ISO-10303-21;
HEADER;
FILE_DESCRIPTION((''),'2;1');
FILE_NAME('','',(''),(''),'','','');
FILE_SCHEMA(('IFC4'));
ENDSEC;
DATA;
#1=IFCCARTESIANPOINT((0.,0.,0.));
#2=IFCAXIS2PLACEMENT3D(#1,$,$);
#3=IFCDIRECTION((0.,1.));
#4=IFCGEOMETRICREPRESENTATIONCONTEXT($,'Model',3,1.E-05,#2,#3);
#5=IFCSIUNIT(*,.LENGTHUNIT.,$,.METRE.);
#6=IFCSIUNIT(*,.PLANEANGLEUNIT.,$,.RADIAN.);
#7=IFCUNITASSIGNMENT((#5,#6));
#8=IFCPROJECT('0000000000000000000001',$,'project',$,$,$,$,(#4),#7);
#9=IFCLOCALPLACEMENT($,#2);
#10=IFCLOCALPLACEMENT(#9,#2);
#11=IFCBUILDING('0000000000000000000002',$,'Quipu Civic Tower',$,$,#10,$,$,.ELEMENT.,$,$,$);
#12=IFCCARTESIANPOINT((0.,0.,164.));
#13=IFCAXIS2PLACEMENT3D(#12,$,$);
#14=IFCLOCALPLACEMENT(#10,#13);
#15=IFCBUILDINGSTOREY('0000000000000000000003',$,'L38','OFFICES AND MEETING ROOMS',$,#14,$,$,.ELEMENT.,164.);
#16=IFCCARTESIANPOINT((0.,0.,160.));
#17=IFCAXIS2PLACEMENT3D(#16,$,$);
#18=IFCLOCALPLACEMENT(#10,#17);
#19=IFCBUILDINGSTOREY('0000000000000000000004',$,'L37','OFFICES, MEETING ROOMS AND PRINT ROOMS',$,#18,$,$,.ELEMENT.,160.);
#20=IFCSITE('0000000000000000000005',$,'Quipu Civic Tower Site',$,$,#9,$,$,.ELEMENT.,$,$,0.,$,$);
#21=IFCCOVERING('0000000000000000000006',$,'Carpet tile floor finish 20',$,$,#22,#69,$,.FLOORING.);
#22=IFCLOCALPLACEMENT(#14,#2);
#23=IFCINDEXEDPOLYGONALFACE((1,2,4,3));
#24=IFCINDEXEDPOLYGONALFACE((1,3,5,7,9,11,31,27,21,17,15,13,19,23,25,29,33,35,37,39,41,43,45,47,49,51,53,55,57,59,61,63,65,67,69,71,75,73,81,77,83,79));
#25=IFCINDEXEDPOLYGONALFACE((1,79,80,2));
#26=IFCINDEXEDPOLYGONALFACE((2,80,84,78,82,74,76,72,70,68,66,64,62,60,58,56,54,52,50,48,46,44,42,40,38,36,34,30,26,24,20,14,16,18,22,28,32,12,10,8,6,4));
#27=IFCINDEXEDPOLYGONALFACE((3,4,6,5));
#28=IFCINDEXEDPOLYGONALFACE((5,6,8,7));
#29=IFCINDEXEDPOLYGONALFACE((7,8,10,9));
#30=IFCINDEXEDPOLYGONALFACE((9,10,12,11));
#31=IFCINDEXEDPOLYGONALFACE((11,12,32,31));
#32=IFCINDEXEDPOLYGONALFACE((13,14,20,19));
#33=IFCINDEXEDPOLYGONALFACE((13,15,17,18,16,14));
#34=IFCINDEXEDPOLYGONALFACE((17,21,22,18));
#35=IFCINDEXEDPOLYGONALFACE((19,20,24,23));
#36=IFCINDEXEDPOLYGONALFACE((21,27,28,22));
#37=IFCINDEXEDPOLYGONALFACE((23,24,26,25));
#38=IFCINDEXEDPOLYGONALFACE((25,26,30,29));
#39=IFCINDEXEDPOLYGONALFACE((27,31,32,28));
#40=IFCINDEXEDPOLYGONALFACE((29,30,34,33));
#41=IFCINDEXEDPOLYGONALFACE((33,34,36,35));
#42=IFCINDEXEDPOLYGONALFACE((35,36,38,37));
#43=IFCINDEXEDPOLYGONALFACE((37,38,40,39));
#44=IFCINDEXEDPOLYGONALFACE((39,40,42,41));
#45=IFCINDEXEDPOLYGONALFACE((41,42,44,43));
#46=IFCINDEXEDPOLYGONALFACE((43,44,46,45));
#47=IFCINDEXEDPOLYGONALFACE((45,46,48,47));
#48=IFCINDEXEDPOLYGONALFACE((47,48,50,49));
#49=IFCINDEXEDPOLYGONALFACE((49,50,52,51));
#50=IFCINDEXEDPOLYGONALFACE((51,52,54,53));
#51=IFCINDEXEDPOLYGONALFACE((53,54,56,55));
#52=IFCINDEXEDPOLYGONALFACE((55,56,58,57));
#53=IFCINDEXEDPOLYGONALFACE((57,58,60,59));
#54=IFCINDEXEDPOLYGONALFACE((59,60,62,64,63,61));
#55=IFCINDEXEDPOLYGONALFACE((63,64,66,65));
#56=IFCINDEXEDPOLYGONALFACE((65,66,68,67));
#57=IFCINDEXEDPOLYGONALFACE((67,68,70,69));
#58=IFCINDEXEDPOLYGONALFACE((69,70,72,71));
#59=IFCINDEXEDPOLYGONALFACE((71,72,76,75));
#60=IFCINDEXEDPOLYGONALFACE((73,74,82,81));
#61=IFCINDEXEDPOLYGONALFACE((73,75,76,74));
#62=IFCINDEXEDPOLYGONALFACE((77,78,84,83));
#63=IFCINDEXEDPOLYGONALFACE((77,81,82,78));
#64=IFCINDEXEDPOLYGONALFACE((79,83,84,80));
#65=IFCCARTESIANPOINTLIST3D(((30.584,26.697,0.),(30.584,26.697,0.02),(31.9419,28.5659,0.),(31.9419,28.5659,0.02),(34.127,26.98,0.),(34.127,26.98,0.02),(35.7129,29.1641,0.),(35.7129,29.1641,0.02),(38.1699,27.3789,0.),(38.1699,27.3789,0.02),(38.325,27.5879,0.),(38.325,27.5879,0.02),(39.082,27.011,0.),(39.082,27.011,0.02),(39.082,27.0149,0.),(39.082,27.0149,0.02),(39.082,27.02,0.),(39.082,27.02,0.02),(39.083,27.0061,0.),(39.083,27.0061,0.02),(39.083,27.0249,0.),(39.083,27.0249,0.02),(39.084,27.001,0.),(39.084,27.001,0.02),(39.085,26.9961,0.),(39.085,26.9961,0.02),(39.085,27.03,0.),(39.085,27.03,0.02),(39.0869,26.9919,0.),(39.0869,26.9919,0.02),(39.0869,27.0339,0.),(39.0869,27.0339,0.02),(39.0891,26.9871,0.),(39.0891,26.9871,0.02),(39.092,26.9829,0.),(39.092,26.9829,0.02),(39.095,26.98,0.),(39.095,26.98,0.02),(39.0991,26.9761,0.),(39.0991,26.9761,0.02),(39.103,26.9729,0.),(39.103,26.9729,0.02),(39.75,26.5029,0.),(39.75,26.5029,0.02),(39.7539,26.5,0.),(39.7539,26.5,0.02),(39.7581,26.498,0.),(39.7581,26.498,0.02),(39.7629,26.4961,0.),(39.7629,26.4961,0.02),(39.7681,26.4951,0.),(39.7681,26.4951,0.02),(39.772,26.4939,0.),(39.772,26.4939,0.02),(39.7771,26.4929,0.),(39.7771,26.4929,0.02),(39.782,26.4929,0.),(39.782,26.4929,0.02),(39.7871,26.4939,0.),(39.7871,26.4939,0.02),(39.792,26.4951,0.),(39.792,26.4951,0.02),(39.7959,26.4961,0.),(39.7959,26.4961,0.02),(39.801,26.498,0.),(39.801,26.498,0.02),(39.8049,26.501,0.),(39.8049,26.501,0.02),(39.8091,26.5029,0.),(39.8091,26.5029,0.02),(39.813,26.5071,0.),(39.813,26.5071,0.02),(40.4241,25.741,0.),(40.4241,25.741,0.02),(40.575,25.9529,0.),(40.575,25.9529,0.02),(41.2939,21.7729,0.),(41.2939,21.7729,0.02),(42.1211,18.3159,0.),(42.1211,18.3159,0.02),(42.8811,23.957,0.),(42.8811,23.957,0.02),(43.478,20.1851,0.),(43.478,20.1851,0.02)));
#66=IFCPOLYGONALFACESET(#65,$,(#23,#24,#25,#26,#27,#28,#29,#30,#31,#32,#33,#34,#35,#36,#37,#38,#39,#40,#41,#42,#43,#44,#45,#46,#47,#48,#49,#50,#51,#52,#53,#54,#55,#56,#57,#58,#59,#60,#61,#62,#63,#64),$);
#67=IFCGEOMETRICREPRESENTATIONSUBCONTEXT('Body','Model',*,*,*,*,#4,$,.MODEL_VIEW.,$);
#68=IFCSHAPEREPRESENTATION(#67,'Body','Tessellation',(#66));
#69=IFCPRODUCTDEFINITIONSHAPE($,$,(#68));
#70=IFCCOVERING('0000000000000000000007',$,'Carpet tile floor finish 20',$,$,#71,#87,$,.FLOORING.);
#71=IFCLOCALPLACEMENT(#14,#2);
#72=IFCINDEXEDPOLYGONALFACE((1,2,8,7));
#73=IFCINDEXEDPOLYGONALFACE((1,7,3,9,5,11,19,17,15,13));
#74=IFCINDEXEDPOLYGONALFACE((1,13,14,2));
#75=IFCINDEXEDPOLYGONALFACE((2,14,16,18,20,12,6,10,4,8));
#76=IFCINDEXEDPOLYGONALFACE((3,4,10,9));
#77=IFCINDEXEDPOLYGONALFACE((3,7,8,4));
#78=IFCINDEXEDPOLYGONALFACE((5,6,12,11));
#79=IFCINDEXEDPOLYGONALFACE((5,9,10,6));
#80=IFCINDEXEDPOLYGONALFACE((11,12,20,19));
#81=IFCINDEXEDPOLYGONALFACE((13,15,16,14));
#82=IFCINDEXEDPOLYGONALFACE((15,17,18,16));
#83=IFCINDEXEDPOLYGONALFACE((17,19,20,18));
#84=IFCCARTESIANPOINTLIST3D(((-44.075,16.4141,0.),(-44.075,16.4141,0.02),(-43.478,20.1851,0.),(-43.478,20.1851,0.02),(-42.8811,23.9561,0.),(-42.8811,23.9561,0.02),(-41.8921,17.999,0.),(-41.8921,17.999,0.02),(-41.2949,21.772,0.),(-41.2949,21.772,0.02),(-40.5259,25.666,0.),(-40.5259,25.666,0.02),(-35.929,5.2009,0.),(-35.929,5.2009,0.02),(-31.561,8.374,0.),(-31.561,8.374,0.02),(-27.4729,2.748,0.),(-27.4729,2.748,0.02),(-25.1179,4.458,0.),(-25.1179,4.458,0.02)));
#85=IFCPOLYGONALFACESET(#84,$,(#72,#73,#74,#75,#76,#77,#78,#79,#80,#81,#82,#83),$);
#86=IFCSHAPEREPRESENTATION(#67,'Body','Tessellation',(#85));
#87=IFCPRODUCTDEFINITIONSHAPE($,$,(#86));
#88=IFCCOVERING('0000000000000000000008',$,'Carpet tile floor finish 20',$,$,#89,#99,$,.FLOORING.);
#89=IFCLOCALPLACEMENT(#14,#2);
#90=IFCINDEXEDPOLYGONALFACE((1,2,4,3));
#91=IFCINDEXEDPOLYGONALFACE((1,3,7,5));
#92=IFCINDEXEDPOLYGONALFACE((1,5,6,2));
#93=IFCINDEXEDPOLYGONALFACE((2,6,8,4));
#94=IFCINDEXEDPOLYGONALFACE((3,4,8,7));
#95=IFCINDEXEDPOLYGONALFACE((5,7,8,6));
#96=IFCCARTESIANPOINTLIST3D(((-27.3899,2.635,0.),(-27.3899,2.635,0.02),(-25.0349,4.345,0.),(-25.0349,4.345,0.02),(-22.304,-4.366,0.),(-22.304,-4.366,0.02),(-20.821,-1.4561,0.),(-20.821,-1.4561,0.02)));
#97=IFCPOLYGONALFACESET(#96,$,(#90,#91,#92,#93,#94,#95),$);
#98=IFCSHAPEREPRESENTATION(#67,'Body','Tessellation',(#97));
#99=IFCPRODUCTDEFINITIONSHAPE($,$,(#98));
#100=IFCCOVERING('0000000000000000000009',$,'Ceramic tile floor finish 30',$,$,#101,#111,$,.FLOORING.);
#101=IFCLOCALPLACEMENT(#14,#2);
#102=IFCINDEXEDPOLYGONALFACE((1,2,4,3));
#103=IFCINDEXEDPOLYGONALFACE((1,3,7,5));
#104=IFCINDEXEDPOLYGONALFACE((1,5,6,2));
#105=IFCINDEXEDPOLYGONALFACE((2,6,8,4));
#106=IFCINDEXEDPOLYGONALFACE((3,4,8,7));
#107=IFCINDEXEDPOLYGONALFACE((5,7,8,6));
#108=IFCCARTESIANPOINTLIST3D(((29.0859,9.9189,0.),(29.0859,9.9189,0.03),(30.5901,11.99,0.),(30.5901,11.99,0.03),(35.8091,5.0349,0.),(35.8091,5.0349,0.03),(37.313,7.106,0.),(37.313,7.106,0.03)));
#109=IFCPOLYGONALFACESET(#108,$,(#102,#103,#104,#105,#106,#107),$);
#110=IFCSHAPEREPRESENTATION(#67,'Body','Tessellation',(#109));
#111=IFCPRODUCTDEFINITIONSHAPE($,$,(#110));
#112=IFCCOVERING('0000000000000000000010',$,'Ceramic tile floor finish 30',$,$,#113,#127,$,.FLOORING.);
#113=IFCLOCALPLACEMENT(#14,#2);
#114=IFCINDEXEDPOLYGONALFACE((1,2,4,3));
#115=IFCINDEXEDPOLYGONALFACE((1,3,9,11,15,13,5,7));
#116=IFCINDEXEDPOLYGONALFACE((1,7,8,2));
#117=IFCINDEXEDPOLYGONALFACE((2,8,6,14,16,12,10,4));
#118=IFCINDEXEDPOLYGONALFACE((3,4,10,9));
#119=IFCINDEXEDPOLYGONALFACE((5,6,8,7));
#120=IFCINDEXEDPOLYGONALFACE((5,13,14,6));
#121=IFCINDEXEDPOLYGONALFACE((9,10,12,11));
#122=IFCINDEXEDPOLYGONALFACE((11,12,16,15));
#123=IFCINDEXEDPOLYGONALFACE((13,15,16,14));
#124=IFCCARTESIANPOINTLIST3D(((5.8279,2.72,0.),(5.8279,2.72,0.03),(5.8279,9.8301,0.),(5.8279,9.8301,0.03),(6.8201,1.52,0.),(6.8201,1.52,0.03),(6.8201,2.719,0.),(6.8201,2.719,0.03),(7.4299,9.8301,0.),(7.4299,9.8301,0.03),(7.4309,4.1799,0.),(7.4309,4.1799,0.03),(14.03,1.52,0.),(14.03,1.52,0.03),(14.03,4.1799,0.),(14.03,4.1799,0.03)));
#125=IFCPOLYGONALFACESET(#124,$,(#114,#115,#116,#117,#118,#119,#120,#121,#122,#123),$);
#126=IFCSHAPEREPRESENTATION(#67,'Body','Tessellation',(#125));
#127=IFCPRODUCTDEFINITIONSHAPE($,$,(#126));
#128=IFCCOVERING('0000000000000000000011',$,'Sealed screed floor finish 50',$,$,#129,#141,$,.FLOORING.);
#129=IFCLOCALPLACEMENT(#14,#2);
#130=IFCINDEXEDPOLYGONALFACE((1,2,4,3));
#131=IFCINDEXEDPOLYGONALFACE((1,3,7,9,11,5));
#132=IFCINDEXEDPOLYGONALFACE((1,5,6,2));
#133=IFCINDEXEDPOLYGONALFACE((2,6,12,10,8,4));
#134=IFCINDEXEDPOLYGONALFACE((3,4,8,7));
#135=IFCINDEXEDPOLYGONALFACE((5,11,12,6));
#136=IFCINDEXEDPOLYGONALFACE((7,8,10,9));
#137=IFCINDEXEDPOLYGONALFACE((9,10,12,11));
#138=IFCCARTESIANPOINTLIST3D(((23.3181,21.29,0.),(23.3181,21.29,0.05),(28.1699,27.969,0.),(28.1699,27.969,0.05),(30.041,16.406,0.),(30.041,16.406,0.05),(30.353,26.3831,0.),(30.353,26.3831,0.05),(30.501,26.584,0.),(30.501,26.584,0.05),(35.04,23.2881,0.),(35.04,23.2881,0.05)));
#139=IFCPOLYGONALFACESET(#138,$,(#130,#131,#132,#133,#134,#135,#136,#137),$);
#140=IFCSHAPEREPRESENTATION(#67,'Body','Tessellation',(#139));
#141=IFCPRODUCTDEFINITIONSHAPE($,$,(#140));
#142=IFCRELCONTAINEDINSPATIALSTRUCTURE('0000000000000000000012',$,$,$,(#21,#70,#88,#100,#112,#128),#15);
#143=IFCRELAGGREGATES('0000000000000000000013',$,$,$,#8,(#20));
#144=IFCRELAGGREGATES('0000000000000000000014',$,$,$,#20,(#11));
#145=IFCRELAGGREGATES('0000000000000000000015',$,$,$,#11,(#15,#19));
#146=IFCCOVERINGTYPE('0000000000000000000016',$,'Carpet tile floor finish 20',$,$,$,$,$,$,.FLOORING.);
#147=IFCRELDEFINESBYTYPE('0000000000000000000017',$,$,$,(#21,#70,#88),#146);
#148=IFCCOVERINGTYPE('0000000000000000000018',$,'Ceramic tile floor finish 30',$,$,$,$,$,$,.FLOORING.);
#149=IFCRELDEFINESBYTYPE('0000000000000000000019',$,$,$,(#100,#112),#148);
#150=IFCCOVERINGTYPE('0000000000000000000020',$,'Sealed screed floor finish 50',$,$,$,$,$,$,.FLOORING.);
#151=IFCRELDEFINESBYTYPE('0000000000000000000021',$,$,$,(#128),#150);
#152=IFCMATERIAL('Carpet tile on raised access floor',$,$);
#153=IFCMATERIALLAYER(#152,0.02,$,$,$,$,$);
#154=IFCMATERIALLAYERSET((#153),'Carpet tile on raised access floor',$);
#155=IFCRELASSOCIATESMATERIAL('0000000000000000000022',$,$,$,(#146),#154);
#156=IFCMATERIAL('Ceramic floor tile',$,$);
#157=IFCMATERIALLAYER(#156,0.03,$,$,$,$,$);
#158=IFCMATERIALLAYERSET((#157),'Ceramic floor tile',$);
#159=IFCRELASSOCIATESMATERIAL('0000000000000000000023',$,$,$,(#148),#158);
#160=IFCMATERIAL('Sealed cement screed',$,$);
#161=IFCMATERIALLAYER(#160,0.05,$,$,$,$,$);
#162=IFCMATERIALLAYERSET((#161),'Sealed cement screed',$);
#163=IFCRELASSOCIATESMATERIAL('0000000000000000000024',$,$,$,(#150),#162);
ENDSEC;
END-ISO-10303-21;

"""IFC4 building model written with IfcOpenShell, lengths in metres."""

from ifc_helpers import new_model, si_unit, direction, frame, origin, place, context, subcontext, project, spatial, polyline, outline, extrude, material, layer, layer_set, type_object, element, save


model = new_model("IFC4")

# Units and contexts
model_context = context("Model", 3, precision=1e-05, world=origin(), true_north=direction((0.0, 1.0)))
body_context = subcontext(model_context, "Body", "Model", "MODEL_VIEW")
ifc_project = project(units=[si_unit("LENGTHUNIT", "METRE"), si_unit("PLANEANGLEUNIT", "RADIAN")], contexts=[model_context])

# Site, building, storey
site_placement = place(None, origin())
site = spatial("IfcSite", under=ifc_project, at=site_placement, Name="Quipu Civic Tower Site", CompositionType="ELEMENT", RefElevation=0.0)
building_placement = place(site_placement, origin())
building = spatial("IfcBuilding", under=site, at=building_placement, Name="Quipu Civic Tower", CompositionType="ELEMENT")
storey_1_placement = place(building_placement, frame((0.0, 0.0, 164.0)))
storey_1 = spatial("IfcBuildingStorey", under=building, at=storey_1_placement, Name="L38", Description="OFFICES AND MEETING ROOMS", CompositionType="ELEMENT", Elevation=164.0)

# Shared definitions
storey_2_placement = place(building_placement, frame((0.0, 0.0, 160.0)))
storey_2 = spatial("IfcBuildingStorey", under=building, at=storey_2_placement, Name="L37", Description="OFFICES, MEETING ROOMS AND PRINT ROOMS", CompositionType="ELEMENT", Elevation=160.0)

# Coverings
ifc_material_1 = material(Name="Carpet tile on raised access floor")
ifc_layer_1 = layer(ifc_material_1, 0.02)
ifc_layer_set_1 = layer_set([ifc_layer_1], Name="Carpet tile on raised access floor")
covering_type_1 = type_object("IfcCoveringType", Name="Carpet tile floor finish 20", PredefinedType="FLOORING", material=ifc_layer_set_1)
covering_1_placement = place(storey_1_placement, origin())
element("IfcCovering", 1, at=covering_1_placement, inside=storey_1, type_object=covering_type_1, Name="Carpet tile floor finish 20", PredefinedType="FLOORING", context=body_context, shape_type="SweptSolid", body=[
    extrude(outline(polyline([(30.584, 26.697), (31.9419, 28.5659), (34.127, 26.98), (35.7129, 29.1641), (38.1699, 27.3789), (38.325, 27.5879), (39.0869, 27.0339), (39.085, 27.03), (39.083, 27.0249), (39.082, 27.02), (39.082, 27.0149), (39.082, 27.011), (39.083, 27.0061), (39.084, 27.001), (39.085, 26.9961), (39.0869, 26.9919), (39.0891, 26.9871), (39.092, 26.9829), (39.095, 26.98), (39.0991, 26.9761), (39.103, 26.9729), (39.75, 26.5029), (39.7539, 26.5), (39.7581, 26.498), (39.7629, 26.4961), (39.7681, 26.4951), (39.772, 26.4939), (39.7771, 26.4929), (39.782, 26.4929), (39.7871, 26.4939), (39.792, 26.4951), (39.7959, 26.4961), (39.801, 26.498), (39.8049, 26.501), (39.8091, 26.5029), (39.813, 26.5071), (40.575, 25.9529), (40.4241, 25.741), (42.8811, 23.957), (41.2939, 21.7729), (43.478, 20.1851), (42.1211, 18.3159), (30.584, 26.697)])), origin(), (0.0, 0.0, 1.0), 0.02),
])
covering_2_placement = place(storey_1_placement, origin())
element("IfcCovering", 2, at=covering_2_placement, inside=storey_1, type_object=covering_type_1, Name="Carpet tile floor finish 20", PredefinedType="FLOORING", context=body_context, shape_type="SweptSolid", body=[
    extrude(outline(polyline([(-44.075, 16.4141), (-41.8921, 17.999), (-43.478, 20.1851), (-41.2949, 21.772), (-42.8811, 23.9561), (-40.5259, 25.666), (-25.1179, 4.458), (-27.4729, 2.748), (-31.561, 8.374), (-35.929, 5.2009), (-44.075, 16.4141)])), origin(), (0.0, 0.0, 1.0), 0.02),
])
covering_3_placement = place(storey_1_placement, origin())
element("IfcCovering", 3, at=covering_3_placement, inside=storey_1, type_object=covering_type_1, Name="Carpet tile floor finish 20", PredefinedType="FLOORING", context=body_context, shape_type="SweptSolid", body=[
    extrude(outline(polyline([(-27.3899, 2.635), (-25.0349, 4.345), (-20.821, -1.4561), (-22.304, -4.366), (-27.3899, 2.635)])), origin(), (0.0, 0.0, 1.0), 0.02),
])
ifc_material_2 = material(Name="Ceramic floor tile")
ifc_layer_2 = layer(ifc_material_2, 0.03)
ifc_layer_set_2 = layer_set([ifc_layer_2], Name="Ceramic floor tile")
covering_type_2 = type_object("IfcCoveringType", Name="Ceramic tile floor finish 30", PredefinedType="FLOORING", material=ifc_layer_set_2)
covering_4_placement = place(storey_1_placement, origin())
element("IfcCovering", 4, at=covering_4_placement, inside=storey_1, type_object=covering_type_2, Name="Ceramic tile floor finish 30", PredefinedType="FLOORING", context=body_context, shape_type="SweptSolid", body=[
    extrude(outline(polyline([(29.0859, 9.9189), (30.5901, 11.99), (37.313, 7.106), (35.8091, 5.0349), (29.0859, 9.9189)])), origin(), (0.0, 0.0, 1.0), 0.03),
])
covering_5_placement = place(storey_1_placement, origin())
element("IfcCovering", 5, at=covering_5_placement, inside=storey_1, type_object=covering_type_2, Name="Ceramic tile floor finish 30", PredefinedType="FLOORING", context=body_context, shape_type="SweptSolid", body=[
    extrude(outline(polyline([(5.8279, 2.72), (5.8279, 9.8301), (7.4299, 9.8301), (7.4309, 4.1799), (14.03, 4.1799), (14.03, 1.52), (6.8201, 1.52), (6.8201, 2.719), (5.8279, 2.72)])), origin(), (0.0, 0.0, 1.0), 0.03),
])
ifc_material_3 = material(Name="Sealed cement screed")
ifc_layer_3 = layer(ifc_material_3, 0.05)
ifc_layer_set_3 = layer_set([ifc_layer_3], Name="Sealed cement screed")
covering_type_3 = type_object("IfcCoveringType", Name="Sealed screed floor finish 50", PredefinedType="FLOORING", material=ifc_layer_set_3)
covering_6_placement = place(storey_1_placement, origin())
element("IfcCovering", 6, at=covering_6_placement, inside=storey_1, type_object=covering_type_3, Name="Sealed screed floor finish 50", PredefinedType="FLOORING", context=body_context, shape_type="SweptSolid", body=[
    extrude(outline(polyline([(23.3181, 21.29), (28.1699, 27.969), (30.353, 26.3831), (30.501, 26.584), (35.04, 23.2881), (30.041, 16.406), (23.3181, 21.29)])), origin(), (0.0, 0.0, 1.0), 0.05),
])

save(model, "model.ifc")
